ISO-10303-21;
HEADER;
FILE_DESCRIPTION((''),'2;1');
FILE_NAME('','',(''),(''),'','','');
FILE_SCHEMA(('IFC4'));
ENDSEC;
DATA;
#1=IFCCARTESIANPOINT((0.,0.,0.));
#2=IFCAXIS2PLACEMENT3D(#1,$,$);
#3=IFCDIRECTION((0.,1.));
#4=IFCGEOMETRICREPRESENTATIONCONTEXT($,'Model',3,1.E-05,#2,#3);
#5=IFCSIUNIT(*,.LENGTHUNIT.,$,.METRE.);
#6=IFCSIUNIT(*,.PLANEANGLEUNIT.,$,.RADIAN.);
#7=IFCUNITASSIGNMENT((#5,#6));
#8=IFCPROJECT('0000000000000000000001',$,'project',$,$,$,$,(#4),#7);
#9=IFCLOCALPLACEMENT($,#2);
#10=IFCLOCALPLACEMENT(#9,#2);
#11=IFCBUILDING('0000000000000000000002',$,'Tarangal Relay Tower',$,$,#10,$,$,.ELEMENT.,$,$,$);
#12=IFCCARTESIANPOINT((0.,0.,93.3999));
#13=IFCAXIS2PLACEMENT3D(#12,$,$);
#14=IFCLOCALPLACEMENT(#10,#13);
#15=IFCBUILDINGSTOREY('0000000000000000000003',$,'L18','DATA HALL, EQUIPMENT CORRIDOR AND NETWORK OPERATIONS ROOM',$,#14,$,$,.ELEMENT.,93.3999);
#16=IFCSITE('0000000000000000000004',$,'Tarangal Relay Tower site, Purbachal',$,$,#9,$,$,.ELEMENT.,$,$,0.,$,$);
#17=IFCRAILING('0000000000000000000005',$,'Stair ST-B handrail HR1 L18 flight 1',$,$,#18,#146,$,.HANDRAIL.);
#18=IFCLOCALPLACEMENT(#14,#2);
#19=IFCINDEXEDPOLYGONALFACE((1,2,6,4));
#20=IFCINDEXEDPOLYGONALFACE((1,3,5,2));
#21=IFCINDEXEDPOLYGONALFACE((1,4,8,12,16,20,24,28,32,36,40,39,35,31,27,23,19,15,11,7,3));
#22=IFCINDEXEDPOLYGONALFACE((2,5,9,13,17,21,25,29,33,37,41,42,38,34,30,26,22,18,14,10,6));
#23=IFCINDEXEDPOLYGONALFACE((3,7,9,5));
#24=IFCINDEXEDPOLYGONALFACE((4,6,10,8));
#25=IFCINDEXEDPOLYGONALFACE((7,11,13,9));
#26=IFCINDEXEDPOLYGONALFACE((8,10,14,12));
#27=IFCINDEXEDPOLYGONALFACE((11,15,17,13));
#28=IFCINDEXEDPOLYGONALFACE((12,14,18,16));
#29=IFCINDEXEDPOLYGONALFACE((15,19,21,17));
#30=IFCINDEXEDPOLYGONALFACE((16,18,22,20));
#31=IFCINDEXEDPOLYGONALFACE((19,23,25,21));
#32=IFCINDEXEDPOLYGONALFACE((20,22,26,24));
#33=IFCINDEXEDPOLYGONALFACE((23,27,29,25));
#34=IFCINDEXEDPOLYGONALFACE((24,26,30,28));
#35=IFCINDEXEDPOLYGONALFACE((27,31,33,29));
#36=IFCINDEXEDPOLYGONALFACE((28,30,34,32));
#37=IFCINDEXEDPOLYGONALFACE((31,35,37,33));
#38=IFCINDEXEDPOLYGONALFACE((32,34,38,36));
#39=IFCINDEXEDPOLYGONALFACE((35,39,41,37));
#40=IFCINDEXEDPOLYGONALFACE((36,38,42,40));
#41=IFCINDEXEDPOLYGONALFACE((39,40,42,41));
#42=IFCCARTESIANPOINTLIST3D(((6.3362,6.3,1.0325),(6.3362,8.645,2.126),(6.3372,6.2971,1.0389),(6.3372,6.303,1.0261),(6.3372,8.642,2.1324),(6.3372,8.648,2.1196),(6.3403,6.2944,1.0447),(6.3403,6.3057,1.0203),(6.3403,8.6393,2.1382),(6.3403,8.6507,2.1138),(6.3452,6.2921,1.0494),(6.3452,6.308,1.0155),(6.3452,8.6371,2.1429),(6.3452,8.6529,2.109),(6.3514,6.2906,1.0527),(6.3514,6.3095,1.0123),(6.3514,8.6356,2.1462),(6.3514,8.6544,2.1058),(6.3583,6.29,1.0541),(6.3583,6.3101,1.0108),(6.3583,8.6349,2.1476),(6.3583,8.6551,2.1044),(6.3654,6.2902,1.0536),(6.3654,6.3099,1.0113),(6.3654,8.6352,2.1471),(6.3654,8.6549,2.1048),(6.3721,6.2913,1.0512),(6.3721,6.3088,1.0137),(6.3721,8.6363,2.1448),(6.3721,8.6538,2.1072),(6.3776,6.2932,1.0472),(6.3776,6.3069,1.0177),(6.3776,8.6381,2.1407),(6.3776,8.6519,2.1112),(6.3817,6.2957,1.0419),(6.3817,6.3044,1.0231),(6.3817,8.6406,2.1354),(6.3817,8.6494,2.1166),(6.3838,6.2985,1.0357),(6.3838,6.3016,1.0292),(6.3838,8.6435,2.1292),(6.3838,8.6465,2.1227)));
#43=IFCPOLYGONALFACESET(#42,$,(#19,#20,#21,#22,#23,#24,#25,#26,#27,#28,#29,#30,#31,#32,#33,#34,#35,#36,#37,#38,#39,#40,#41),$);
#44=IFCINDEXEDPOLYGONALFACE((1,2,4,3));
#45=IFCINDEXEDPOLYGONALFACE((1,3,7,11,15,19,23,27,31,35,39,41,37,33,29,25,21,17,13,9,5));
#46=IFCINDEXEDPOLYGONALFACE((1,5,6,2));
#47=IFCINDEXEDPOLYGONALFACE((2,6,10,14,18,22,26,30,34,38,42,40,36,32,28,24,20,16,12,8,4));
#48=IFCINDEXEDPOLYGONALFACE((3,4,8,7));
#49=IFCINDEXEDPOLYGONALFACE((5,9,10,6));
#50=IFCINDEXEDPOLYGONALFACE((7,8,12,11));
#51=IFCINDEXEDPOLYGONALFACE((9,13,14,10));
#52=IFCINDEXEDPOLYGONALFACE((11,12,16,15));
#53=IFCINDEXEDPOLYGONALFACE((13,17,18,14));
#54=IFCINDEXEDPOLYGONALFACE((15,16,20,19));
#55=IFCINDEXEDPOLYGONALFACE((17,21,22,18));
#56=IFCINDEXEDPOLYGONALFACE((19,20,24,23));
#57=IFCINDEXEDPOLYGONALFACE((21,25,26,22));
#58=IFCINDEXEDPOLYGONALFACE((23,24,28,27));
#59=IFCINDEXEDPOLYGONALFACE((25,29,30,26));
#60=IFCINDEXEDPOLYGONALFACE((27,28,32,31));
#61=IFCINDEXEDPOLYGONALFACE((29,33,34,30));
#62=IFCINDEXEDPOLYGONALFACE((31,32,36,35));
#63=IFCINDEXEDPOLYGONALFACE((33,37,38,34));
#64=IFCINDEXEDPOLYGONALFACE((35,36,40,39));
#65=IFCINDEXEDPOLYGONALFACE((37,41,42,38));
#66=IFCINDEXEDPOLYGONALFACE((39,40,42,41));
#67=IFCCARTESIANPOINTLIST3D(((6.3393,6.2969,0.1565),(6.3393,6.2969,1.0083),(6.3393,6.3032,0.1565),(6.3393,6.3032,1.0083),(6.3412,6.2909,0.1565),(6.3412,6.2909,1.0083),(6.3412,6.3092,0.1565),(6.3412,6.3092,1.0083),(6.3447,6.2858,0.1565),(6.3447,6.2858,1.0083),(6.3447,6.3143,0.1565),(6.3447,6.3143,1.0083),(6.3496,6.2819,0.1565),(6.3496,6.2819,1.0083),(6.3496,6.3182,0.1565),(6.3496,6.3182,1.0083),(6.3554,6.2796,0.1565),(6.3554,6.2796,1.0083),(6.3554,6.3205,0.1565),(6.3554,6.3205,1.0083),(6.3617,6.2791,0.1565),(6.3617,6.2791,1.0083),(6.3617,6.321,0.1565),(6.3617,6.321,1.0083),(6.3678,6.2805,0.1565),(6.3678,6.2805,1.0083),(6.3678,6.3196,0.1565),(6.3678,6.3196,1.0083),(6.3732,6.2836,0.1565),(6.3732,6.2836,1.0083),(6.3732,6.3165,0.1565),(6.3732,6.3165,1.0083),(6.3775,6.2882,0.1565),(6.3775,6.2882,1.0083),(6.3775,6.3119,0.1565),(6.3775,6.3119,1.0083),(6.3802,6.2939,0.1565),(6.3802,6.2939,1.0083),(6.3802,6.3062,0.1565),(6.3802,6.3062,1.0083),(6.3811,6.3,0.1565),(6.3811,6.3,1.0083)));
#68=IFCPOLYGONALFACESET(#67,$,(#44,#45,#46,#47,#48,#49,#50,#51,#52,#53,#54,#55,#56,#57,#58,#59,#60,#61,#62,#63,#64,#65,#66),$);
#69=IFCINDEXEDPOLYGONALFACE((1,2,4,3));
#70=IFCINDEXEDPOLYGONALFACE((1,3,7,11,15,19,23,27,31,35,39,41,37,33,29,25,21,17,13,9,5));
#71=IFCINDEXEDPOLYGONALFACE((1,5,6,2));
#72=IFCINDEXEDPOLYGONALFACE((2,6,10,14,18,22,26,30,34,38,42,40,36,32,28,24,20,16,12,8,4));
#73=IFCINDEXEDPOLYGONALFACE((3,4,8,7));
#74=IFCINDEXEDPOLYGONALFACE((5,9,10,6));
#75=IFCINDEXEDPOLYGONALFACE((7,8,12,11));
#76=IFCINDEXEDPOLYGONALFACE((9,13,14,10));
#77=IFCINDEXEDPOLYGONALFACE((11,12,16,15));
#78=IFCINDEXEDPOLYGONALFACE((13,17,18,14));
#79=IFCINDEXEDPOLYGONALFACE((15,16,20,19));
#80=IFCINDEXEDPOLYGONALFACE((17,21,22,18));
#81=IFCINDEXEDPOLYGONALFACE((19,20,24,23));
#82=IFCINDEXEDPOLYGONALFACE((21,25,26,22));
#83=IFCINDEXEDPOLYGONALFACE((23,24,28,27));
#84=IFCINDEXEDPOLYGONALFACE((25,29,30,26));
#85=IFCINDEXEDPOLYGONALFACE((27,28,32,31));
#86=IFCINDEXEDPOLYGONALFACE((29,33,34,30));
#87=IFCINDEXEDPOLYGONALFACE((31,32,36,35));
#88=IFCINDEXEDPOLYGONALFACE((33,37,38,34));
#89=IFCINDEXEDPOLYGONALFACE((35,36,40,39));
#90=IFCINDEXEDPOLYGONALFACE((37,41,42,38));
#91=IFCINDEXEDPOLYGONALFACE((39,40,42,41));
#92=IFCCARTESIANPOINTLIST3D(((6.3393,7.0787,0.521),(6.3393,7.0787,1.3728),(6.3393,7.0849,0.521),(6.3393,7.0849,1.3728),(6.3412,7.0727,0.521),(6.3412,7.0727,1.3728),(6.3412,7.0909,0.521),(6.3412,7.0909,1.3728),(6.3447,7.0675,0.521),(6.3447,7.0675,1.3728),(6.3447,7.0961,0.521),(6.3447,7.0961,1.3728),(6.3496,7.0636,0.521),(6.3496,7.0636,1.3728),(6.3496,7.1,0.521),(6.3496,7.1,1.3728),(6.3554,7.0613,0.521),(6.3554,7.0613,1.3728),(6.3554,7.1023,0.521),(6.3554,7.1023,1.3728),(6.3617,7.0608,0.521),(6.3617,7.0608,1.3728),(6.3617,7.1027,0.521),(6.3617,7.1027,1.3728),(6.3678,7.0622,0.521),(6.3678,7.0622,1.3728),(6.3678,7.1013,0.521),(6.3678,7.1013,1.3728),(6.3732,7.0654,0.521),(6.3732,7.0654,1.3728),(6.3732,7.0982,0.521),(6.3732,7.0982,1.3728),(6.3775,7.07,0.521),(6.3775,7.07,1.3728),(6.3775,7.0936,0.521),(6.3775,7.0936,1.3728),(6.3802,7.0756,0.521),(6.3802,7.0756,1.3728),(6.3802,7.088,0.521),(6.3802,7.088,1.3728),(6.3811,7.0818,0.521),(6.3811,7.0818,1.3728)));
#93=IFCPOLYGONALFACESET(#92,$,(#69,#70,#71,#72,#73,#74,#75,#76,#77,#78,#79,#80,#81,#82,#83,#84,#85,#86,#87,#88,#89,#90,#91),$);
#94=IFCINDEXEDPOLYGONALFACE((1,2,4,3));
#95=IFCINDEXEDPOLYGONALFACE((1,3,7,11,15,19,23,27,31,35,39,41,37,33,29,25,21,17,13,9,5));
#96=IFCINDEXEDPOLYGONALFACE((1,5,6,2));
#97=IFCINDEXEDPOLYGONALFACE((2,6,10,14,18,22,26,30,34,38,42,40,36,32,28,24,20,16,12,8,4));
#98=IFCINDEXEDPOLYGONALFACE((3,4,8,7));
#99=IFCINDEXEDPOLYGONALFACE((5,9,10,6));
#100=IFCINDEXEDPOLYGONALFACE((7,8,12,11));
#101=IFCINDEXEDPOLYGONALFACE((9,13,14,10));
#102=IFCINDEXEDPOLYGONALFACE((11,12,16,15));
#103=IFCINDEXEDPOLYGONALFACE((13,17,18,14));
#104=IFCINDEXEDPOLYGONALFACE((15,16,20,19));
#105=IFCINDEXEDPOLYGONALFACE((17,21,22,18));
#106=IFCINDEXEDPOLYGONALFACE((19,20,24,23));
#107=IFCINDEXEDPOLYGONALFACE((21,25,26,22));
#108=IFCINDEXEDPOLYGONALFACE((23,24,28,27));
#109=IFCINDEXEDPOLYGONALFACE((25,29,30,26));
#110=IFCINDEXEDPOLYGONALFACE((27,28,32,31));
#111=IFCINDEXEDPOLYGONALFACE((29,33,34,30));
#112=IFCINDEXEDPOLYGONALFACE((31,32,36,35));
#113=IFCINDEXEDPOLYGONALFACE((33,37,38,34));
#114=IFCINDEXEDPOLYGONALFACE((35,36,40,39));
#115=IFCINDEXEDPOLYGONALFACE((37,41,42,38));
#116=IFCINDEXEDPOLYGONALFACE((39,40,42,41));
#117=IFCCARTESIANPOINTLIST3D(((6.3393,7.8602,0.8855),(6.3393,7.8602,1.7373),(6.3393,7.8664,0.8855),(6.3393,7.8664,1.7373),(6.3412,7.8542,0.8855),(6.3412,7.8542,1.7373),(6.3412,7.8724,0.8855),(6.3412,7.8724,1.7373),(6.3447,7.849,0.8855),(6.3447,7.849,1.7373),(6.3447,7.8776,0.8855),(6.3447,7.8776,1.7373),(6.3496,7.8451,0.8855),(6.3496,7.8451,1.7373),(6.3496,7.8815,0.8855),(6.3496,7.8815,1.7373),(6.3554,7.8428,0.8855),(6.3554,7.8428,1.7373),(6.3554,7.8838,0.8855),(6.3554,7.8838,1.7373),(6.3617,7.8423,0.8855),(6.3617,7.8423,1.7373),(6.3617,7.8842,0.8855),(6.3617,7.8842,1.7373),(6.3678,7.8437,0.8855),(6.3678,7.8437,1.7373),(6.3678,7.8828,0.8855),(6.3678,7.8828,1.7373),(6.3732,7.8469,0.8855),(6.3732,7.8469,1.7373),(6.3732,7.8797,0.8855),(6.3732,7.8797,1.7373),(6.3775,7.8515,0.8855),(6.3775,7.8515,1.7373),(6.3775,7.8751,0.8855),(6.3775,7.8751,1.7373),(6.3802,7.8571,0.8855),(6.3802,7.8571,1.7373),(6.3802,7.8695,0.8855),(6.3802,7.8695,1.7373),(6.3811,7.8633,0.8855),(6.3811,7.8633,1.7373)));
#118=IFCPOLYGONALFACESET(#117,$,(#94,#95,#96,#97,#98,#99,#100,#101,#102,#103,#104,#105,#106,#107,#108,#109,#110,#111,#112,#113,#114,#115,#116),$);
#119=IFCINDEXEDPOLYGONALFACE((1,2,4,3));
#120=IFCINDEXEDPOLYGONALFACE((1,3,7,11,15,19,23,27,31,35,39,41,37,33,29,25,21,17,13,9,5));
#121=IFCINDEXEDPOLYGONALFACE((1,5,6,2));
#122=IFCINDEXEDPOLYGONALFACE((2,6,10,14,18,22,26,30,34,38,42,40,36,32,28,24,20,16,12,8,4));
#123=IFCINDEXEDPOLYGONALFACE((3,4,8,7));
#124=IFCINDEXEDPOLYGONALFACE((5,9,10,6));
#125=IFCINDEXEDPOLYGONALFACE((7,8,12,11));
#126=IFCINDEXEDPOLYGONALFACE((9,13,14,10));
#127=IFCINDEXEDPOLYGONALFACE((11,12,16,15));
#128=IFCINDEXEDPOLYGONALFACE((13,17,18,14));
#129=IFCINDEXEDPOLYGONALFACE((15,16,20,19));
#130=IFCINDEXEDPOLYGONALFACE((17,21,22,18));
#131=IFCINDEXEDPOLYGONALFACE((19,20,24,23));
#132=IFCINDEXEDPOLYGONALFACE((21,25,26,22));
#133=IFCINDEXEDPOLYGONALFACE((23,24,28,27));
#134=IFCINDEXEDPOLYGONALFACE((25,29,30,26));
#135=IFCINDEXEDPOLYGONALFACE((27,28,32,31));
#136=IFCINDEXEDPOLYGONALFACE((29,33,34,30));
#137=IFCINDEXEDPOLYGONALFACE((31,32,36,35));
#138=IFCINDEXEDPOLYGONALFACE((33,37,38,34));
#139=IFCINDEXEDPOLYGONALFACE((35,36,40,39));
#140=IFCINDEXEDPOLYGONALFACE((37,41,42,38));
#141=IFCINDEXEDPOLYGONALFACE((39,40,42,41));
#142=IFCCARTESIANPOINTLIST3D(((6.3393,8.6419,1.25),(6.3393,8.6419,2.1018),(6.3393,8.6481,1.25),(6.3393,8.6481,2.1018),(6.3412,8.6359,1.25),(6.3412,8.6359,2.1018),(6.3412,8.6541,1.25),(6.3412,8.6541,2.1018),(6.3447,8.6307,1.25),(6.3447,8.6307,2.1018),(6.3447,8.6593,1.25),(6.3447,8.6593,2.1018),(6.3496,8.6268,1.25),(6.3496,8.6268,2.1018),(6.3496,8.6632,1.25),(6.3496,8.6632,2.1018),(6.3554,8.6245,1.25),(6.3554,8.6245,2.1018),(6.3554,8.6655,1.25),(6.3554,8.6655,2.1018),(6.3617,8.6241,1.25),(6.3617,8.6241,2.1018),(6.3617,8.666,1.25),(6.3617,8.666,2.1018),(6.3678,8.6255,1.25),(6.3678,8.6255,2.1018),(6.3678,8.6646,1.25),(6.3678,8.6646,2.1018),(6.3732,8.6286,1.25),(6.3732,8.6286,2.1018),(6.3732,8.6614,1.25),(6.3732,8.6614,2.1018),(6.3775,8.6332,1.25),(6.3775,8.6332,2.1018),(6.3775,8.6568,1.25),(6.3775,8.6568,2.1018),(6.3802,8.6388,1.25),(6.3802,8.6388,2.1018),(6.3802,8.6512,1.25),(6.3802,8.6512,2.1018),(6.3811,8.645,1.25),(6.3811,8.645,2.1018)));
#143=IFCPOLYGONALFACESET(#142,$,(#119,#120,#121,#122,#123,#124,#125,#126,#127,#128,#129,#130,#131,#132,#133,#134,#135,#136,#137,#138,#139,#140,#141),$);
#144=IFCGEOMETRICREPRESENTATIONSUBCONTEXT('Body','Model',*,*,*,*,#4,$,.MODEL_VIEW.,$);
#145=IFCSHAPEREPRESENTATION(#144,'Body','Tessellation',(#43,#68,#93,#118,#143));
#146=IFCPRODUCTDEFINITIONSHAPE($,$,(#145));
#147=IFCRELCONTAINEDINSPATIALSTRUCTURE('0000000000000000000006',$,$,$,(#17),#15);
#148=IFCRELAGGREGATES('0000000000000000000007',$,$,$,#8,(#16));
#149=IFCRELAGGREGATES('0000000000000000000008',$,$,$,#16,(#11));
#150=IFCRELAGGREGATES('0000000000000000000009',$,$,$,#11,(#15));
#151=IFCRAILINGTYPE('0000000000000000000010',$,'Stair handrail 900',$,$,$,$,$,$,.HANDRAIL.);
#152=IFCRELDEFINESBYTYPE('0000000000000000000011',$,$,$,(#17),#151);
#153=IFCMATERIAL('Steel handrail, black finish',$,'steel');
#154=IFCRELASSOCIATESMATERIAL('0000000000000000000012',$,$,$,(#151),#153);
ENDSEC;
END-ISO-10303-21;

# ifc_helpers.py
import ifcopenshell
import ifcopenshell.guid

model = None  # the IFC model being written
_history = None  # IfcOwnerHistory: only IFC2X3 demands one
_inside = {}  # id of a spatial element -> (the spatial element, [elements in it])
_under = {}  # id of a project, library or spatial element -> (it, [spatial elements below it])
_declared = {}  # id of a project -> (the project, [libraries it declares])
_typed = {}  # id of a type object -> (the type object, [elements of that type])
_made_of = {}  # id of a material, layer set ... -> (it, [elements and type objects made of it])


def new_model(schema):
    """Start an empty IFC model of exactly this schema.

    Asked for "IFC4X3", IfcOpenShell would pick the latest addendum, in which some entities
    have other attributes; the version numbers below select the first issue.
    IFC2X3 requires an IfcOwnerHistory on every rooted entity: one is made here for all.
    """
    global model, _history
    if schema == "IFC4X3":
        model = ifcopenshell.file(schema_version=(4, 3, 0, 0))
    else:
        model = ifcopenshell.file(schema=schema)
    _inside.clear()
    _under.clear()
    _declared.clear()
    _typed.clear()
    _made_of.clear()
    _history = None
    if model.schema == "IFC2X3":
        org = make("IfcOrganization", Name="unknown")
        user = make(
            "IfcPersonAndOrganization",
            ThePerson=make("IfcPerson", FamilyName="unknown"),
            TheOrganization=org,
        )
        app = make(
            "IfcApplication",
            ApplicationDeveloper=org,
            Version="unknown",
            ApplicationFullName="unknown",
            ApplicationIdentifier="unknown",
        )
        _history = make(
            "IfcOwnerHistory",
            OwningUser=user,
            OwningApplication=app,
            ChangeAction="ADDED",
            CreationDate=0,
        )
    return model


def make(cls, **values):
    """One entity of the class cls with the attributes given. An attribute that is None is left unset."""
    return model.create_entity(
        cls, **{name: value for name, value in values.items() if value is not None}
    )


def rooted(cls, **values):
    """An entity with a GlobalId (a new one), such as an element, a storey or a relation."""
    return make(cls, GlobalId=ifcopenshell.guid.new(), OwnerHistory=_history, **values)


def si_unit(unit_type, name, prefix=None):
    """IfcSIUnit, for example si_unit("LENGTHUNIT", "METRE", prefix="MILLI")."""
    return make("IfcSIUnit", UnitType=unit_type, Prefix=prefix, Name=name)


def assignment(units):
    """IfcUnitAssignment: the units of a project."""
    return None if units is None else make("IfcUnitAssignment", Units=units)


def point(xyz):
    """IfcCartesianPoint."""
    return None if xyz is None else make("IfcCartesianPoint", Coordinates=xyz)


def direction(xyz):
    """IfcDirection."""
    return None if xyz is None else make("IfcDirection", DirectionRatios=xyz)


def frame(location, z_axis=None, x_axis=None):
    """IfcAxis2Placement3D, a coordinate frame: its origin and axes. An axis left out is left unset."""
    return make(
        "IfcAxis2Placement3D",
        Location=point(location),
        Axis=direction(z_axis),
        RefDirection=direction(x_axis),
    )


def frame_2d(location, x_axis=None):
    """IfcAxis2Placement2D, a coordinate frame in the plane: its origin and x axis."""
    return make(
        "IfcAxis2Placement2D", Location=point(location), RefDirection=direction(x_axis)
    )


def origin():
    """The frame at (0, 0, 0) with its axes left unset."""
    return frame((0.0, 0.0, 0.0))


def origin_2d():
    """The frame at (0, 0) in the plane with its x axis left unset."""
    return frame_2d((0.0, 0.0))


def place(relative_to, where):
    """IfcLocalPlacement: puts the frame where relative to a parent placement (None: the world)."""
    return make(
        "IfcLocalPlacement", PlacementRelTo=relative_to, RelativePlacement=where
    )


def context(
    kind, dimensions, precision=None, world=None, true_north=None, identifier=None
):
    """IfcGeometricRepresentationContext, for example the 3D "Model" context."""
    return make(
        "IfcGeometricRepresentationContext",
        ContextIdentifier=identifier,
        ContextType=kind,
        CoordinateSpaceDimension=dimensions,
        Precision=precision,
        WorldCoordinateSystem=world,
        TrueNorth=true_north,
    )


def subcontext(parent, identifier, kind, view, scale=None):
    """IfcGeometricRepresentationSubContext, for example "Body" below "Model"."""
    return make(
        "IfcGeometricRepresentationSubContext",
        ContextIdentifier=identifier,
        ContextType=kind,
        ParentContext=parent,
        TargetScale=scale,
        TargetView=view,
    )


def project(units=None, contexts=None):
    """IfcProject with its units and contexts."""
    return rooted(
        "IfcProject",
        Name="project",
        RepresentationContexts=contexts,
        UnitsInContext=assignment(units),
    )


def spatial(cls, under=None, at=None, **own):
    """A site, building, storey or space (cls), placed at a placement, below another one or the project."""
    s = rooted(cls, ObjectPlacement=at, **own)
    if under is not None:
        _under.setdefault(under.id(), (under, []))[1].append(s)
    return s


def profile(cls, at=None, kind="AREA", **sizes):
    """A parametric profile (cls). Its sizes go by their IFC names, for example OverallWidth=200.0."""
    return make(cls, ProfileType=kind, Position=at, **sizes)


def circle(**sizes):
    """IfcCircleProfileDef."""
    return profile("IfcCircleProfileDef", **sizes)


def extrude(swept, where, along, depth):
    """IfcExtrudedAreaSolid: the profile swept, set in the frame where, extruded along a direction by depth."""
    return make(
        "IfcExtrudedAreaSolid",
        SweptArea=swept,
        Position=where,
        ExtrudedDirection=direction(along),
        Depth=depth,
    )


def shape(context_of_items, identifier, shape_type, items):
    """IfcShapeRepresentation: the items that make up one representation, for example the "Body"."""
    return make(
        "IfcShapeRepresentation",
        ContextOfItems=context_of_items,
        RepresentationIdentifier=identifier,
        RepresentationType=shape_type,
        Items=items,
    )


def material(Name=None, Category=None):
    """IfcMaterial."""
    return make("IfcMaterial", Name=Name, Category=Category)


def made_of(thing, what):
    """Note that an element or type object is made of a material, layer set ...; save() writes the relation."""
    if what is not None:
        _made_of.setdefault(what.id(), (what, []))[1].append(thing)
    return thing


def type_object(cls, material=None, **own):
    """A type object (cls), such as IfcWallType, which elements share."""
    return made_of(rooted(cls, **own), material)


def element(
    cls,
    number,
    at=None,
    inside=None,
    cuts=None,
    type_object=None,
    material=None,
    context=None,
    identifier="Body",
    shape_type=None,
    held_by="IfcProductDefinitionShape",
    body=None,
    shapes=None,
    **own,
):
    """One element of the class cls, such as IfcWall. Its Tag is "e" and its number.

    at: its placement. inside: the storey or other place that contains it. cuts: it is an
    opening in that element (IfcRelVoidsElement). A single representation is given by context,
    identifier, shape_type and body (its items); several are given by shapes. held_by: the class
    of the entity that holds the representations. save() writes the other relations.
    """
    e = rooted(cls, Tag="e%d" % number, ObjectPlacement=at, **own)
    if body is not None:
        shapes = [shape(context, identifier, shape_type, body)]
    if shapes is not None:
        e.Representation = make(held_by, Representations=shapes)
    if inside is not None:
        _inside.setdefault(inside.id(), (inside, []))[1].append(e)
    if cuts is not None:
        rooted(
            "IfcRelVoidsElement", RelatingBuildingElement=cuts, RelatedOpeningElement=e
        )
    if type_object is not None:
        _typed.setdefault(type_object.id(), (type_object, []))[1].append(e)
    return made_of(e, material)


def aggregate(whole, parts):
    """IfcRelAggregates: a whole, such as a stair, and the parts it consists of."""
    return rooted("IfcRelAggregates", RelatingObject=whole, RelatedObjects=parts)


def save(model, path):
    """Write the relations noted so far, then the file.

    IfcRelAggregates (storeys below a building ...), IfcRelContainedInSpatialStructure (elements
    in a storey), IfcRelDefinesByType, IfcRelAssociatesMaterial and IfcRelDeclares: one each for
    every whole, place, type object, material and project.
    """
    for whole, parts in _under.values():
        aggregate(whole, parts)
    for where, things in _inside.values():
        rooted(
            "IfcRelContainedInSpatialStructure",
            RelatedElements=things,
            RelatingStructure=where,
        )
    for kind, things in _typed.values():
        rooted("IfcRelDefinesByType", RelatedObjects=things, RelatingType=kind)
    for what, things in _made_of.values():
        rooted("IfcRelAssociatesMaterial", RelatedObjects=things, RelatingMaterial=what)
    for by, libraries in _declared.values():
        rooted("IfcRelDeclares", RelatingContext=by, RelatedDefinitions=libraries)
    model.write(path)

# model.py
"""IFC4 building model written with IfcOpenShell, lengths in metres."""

from ifc_helpers import new_model, si_unit, direction, frame, origin, origin_2d, place, context, subcontext, project, spatial, circle, extrude, material, type_object, element, save


model = new_model("IFC4")

# Units and contexts
model_context = context("Model", 3, precision=1e-05, world=origin(), true_north=direction((0.0, 1.0)))
body_context = subcontext(model_context, "Body", "Model", "MODEL_VIEW")
ifc_project = project(units=[si_unit("LENGTHUNIT", "METRE"), si_unit("PLANEANGLEUNIT", "RADIAN")], contexts=[model_context])

# Site, building, storey
site_placement = place(None, origin())
site = spatial("IfcSite", under=ifc_project, at=site_placement, Name="Tarangal Relay Tower site, Purbachal", CompositionType="ELEMENT", RefElevation=0.0)
building_placement = place(site_placement, origin())
building = spatial("IfcBuilding", under=site, at=building_placement, Name="Tarangal Relay Tower", CompositionType="ELEMENT")
storey_placement = place(building_placement, frame((0.0, 0.0, 93.3999)))
storey = spatial("IfcBuildingStorey", under=building, at=storey_placement, Name="L18", Description="DATA HALL, EQUIPMENT CORRIDOR AND NETWORK OPERATIONS ROOM", CompositionType="ELEMENT", Elevation=93.3999)

# Railing
ifc_material_1 = material(Name="Steel handrail, black finish", Category="steel")
railing_type_1 = type_object("IfcRailingType", Name="Stair handrail 900", PredefinedType="HANDRAIL", material=ifc_material_1)
for number, where, name in (
    (1, (6.3601, 6.3, 0.1565), "Stair ST-B handrail HR1 L18 flight 1"),
):
    element("IfcRailing", number, at=place(storey_placement, frame(where)), inside=storey, type_object=railing_type_1, Name=name, PredefinedType="HANDRAIL", context=body_context, shape_type="SweptSolid", body=[
        extrude(circle(Radius=0.0239, at=origin_2d()), frame((0.0, 0.0, 0.876), z_axis=(0.0, 0.906304, 0.422627), x_axis=(-1.0, 0.0, 0.0)), (0.0, 0.0, 1.0), 2.5874),
        extrude(circle(Radius=0.021, at=origin_2d()), origin(), (0.0, 0.0, 1.0), 0.8518),
        extrude(circle(Radius=0.021, at=origin_2d()), frame((0.0, 0.7817, 0.3645)), (0.0, 0.0, 1.0), 0.8518),
        extrude(circle(Radius=0.021, at=origin_2d()), frame((0.0, 1.5632, 0.729)), (0.0, 0.0, 1.0), 0.8518),
        extrude(circle(Radius=0.021, at=origin_2d()), frame((0.0, 2.345, 1.0935)), (0.0, 0.0, 1.0), 0.8518),
    ])

save(model, "model.ifc")
